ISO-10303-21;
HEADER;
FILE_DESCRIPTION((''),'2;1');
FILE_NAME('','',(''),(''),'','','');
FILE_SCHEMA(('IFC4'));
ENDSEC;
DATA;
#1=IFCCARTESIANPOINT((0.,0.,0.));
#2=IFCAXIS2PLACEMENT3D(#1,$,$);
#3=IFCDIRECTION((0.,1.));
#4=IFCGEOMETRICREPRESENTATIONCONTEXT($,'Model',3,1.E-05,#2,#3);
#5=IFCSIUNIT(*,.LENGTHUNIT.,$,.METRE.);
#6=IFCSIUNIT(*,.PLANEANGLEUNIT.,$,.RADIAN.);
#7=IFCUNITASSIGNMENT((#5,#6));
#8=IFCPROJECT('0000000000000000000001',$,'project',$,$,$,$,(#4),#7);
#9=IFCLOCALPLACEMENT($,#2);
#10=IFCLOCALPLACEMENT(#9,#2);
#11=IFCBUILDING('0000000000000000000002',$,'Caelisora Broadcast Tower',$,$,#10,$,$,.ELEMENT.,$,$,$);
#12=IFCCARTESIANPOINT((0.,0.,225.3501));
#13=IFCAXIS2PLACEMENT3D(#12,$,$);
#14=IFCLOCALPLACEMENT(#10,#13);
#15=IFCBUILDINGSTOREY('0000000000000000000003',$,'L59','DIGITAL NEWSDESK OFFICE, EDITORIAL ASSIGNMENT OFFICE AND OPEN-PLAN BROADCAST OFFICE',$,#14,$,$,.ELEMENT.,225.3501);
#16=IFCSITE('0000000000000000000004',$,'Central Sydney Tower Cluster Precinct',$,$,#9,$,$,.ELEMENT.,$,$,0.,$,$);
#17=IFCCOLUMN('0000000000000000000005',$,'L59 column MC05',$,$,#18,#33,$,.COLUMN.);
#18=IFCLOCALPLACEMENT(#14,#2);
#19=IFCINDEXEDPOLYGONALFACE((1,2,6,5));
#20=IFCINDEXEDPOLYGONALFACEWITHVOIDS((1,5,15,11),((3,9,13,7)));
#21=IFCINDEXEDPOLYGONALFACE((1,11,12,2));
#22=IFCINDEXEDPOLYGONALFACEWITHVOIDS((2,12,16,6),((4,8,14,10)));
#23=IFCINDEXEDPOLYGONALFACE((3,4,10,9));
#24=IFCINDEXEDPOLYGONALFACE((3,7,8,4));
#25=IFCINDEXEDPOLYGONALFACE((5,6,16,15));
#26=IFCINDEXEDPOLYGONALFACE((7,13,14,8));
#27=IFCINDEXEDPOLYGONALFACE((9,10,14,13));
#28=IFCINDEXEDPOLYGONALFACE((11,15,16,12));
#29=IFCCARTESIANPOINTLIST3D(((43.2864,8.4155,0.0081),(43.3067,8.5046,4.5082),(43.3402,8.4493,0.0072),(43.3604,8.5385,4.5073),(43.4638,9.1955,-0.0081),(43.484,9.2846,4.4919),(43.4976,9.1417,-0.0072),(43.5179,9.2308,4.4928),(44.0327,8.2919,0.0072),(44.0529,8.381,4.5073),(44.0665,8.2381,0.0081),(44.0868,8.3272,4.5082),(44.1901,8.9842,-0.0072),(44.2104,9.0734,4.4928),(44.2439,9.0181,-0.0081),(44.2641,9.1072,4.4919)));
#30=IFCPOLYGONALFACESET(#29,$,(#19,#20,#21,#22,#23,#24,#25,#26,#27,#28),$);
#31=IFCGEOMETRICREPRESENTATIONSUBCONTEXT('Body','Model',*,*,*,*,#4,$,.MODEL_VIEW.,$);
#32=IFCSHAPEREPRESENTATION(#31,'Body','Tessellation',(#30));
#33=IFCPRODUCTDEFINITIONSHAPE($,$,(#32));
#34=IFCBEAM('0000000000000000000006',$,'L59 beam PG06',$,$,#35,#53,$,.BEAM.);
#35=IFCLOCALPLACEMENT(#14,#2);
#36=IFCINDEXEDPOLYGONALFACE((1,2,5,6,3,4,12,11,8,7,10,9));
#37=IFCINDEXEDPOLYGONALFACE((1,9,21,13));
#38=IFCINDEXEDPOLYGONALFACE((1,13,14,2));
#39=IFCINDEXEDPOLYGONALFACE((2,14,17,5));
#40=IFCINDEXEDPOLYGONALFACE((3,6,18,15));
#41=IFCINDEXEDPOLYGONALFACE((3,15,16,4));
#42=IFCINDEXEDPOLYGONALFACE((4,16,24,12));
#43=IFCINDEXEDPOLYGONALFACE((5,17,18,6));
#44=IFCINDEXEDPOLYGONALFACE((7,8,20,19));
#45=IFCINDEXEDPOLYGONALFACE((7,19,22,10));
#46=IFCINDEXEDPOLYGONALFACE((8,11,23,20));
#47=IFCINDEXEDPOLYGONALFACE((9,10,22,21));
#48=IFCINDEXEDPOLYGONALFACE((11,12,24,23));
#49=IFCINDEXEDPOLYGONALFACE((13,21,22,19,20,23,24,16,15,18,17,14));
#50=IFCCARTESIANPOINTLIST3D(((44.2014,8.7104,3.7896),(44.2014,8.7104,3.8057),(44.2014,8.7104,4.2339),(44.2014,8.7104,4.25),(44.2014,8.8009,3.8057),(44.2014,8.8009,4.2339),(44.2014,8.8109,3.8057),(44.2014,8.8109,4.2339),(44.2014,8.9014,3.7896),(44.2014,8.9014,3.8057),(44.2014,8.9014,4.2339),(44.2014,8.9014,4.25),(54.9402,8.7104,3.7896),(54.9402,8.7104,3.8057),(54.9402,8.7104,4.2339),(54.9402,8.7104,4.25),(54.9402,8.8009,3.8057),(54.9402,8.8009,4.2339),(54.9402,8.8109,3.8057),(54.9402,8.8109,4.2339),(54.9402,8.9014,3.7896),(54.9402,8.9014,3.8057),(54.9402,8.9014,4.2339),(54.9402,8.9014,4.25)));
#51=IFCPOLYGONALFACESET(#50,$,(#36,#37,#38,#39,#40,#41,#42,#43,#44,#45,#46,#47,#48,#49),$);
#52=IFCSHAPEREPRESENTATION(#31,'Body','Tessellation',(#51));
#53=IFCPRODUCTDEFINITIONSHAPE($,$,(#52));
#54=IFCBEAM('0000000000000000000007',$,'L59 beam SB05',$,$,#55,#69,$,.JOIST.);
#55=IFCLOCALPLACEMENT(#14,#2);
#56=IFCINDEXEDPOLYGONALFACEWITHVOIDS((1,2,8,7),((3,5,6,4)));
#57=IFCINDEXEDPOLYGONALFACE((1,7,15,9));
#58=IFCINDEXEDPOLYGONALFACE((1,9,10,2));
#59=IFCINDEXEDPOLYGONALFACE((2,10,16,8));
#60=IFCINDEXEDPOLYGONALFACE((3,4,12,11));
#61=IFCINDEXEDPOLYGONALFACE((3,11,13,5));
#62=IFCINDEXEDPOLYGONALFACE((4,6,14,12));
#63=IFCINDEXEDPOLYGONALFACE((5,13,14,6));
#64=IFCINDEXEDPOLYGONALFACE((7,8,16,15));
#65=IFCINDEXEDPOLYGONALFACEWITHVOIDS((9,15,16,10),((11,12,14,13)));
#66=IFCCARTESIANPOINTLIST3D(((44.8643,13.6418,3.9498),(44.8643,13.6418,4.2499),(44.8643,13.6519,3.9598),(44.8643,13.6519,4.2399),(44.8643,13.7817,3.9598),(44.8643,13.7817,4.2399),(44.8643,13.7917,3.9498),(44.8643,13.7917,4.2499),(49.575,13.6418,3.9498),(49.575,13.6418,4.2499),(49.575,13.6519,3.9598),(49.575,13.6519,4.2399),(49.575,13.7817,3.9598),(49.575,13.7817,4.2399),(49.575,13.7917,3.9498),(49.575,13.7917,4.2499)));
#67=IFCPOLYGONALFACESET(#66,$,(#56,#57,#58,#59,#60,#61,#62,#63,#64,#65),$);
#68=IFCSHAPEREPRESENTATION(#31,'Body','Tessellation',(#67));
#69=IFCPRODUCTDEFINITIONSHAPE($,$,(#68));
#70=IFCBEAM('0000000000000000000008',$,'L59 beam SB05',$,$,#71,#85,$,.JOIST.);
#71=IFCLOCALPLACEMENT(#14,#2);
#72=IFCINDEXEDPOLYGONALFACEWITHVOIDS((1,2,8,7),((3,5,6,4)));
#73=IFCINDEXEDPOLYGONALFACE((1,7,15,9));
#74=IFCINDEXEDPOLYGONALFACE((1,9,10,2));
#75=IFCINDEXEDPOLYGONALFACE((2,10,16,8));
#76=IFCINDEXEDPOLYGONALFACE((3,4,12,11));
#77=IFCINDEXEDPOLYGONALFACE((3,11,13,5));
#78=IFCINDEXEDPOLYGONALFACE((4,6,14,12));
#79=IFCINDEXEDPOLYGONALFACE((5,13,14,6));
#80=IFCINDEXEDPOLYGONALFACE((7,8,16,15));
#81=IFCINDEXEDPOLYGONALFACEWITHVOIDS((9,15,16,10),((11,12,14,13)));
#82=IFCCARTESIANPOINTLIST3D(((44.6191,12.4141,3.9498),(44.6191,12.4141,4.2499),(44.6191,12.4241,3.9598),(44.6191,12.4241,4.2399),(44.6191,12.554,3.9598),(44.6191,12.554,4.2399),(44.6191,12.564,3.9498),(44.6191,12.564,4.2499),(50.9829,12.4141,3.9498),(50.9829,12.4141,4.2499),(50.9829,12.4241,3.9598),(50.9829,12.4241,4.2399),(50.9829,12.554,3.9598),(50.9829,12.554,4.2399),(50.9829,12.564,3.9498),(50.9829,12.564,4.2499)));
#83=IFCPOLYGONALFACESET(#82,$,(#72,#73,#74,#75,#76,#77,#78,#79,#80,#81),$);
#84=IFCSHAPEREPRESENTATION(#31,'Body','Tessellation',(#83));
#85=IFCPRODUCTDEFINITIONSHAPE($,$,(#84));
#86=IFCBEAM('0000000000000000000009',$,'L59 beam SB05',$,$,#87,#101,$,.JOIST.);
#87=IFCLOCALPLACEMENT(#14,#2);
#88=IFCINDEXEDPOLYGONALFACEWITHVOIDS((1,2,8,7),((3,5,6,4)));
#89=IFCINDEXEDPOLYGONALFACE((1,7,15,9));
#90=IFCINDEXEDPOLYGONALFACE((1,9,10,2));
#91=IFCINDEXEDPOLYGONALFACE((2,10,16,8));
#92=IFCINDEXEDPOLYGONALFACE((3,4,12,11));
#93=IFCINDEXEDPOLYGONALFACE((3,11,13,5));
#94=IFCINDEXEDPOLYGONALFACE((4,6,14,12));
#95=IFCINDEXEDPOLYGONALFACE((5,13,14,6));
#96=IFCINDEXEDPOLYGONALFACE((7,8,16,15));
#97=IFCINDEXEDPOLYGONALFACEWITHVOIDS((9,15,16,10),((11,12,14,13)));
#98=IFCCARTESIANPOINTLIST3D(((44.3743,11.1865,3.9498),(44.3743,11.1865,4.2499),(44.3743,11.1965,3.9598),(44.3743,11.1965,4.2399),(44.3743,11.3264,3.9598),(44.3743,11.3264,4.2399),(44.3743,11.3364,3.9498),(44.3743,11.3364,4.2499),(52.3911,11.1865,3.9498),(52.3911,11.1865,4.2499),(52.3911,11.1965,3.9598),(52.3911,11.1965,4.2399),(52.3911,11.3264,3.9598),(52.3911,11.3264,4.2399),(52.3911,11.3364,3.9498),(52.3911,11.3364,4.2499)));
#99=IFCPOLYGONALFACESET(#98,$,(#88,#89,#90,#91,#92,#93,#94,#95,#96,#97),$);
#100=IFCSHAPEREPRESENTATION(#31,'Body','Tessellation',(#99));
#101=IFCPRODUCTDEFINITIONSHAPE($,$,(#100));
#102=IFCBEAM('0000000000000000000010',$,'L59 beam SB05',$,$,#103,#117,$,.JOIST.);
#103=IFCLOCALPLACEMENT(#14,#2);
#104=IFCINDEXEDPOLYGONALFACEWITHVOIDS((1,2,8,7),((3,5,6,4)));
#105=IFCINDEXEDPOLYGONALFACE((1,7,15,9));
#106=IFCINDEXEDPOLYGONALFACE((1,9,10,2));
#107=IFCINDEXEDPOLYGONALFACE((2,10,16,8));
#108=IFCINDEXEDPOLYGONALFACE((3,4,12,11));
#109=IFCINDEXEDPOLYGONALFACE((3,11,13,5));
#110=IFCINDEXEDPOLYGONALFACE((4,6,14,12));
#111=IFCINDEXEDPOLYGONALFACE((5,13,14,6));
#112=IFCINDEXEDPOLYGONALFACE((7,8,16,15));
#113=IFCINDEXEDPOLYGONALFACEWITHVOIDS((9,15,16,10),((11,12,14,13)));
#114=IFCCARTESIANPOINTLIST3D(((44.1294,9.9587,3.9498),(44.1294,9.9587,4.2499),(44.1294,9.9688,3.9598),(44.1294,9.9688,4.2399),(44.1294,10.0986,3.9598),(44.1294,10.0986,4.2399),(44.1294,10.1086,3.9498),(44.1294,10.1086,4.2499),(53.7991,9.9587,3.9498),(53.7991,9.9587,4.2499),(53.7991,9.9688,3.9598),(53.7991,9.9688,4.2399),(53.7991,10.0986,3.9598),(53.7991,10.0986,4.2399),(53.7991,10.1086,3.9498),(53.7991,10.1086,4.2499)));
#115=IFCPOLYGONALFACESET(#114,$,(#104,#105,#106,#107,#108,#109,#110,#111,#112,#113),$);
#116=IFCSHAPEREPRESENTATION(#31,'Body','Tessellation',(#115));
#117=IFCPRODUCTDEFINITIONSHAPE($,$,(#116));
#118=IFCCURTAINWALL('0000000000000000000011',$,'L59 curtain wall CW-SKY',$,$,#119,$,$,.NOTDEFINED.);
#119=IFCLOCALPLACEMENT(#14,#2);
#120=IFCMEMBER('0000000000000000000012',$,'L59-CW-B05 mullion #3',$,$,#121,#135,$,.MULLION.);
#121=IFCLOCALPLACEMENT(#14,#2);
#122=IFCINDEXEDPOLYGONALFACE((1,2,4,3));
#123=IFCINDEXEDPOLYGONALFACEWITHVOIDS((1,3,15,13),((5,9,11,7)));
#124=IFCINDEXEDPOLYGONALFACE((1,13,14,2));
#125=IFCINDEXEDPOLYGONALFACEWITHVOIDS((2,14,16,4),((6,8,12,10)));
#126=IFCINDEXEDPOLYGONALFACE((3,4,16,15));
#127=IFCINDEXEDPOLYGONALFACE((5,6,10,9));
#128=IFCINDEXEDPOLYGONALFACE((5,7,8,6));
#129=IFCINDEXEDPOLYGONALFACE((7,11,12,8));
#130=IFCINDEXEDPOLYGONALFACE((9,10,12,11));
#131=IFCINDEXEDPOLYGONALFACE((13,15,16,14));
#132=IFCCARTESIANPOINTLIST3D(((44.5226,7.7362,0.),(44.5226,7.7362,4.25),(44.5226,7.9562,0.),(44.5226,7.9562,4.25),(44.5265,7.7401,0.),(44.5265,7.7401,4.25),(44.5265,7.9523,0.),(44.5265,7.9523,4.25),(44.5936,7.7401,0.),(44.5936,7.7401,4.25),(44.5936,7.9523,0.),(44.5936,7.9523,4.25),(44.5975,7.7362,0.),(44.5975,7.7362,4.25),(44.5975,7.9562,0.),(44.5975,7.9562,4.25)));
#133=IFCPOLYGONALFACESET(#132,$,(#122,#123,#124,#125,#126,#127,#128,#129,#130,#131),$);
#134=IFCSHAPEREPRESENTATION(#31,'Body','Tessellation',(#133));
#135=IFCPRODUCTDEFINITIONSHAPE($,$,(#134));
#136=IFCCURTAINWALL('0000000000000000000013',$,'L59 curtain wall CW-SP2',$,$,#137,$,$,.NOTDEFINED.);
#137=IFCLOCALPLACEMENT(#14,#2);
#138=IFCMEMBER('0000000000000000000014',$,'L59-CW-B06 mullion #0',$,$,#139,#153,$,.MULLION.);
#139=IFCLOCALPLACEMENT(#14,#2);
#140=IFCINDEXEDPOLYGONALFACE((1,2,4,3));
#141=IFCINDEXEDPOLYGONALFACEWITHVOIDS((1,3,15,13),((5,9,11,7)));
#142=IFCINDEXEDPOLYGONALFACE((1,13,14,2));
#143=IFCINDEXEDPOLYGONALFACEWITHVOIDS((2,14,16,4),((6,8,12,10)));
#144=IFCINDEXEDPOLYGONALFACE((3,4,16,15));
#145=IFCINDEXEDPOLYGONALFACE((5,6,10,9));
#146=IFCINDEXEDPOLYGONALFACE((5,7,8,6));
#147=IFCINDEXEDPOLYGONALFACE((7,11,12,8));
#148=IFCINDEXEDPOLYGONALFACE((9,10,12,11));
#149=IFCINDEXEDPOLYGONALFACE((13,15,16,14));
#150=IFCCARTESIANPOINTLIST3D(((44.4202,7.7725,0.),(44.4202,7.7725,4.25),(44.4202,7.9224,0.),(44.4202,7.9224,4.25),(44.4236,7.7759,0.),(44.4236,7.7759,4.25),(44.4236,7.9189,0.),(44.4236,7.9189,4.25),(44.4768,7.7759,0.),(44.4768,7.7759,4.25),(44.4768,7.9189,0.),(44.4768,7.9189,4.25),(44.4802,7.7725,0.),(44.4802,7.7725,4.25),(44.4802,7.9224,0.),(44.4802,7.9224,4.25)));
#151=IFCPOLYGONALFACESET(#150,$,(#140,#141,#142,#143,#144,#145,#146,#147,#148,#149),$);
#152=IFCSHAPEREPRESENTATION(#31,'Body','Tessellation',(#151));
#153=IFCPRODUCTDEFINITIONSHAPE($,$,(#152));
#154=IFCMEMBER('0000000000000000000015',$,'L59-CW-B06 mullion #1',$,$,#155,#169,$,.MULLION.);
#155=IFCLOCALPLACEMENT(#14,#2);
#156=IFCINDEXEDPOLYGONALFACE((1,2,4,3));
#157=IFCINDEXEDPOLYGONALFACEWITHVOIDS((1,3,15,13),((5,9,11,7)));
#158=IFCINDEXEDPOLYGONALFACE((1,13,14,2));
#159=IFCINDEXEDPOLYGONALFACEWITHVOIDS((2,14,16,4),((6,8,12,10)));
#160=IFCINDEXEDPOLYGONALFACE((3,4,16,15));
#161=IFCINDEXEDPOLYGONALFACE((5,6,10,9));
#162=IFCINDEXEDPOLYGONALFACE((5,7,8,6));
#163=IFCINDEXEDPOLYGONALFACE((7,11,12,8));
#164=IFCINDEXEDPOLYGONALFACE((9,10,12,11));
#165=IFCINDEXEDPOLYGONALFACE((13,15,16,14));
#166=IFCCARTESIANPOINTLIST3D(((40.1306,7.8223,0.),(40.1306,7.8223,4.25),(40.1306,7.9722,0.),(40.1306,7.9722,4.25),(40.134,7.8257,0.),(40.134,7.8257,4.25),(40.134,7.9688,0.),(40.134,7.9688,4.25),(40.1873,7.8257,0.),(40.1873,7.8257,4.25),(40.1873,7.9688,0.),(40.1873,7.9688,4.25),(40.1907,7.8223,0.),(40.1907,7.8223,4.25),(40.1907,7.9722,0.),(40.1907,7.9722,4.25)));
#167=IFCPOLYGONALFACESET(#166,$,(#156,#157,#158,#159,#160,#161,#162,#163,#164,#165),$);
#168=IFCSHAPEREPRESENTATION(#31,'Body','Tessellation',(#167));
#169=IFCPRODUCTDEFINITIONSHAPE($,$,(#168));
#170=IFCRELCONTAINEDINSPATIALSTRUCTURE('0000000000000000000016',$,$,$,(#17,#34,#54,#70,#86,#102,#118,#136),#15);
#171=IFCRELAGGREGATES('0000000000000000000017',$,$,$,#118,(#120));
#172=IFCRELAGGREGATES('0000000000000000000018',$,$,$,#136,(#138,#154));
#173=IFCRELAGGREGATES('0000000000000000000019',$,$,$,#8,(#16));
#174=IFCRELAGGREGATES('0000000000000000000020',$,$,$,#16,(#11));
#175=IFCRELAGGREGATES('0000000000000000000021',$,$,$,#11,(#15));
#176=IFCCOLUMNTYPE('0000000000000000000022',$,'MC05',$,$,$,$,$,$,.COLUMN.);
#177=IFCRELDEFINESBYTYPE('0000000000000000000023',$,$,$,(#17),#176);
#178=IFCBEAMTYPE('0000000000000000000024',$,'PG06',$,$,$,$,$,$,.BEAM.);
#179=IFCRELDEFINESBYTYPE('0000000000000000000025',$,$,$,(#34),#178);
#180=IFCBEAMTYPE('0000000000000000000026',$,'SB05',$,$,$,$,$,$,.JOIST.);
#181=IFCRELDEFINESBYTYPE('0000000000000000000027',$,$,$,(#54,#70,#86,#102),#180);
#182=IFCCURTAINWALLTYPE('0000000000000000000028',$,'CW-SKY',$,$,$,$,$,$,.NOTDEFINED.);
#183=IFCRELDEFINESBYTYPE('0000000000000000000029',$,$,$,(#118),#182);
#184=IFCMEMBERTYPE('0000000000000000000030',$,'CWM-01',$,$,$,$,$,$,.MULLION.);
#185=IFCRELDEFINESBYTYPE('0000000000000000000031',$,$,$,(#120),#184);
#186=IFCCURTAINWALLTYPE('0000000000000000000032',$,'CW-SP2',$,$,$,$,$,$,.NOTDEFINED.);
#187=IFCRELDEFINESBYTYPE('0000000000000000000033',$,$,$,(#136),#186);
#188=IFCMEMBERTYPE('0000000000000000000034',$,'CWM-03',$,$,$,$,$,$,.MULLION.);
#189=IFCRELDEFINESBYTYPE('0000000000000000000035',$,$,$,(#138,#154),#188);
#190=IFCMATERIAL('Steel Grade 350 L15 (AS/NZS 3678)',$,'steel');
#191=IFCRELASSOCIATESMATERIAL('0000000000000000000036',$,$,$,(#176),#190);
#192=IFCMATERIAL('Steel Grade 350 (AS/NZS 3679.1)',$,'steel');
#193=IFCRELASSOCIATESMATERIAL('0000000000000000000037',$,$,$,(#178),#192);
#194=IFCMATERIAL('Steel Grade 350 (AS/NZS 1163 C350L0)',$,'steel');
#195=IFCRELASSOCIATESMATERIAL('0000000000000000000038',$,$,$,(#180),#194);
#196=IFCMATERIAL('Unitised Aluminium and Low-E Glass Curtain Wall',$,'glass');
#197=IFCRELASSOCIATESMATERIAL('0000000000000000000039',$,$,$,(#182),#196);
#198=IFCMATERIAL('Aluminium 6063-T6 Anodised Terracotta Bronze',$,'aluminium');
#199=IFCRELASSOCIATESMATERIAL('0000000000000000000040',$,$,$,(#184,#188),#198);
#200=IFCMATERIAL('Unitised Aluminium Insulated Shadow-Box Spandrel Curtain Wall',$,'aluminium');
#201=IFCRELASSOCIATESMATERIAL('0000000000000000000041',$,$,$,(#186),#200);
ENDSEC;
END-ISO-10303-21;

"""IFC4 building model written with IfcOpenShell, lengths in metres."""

from ifc_helpers import new_model, si_unit, direction, frame, origin, origin_2d, place, context, subcontext, project, spatial, hollow_rectangle, i_section, extrude, source, transform, mapped, material, material_profile, profile_set, type_object, type_shapes, element, aggregate, save


model = new_model("IFC4")

# Units and contexts
model_context = context("Model", 3, precision=1e-05, world=origin(), true_north=direction((0.0, 1.0)))
body_context = subcontext(model_context, "Body", "Model", "MODEL_VIEW")
ifc_project = project(units=[si_unit("LENGTHUNIT", "METRE"), si_unit("PLANEANGLEUNIT", "RADIAN")], contexts=[model_context])

# Site, building, storey
site_placement = place(None, origin())
site = spatial("IfcSite", under=ifc_project, at=site_placement, Name="Central Sydney Tower Cluster Precinct", CompositionType="ELEMENT", RefElevation=0.0)
building_placement = place(site_placement, origin())
building = spatial("IfcBuilding", under=site, at=building_placement, Name="Caelisora Broadcast Tower", CompositionType="ELEMENT")
storey_placement = place(building_placement, frame((0.0, 0.0, 225.3501)))
storey = spatial("IfcBuildingStorey", under=building, at=storey_placement, Name="L59", Description="DIGITAL NEWSDESK OFFICE, EDITORIAL ASSIGNMENT OFFICE AND OPEN-PLAN BROADCAST OFFICE", CompositionType="ELEMENT", Elevation=225.3501)

# Column
ifc_material_1 = material(Name="Steel Grade 350 L15 (AS/NZS 3678)", Category="steel")
ifc_material_profile_1 = material_profile(ifc_material_1, hollow_rectangle(XDim=0.8, YDim=0.8, WallThickness=0.0449, at=origin_2d()), Name="Steel Grade 350 L15 (AS/NZS 3678)")
ifc_profile_set_1 = profile_set([ifc_material_profile_1], Name="Steel Grade 350 L15 (AS/NZS 3678)")
column_type = type_object("IfcColumnType", Name="MC05", PredefinedType="COLUMN", material=ifc_profile_set_1)
shared_shape_1 = source(origin(), body_context, "Body", "SweptSolid", [
    extrude(hollow_rectangle(XDim=0.8, YDim=0.8, WallThickness=0.0449, at=origin_2d()), origin(), (0.0, 0.0, 1.0), 4.501),
])
type_shapes(column_type, [shared_shape_1])
column_placement = place(storey_placement, frame((43.7651, 8.7168, 0.0), z_axis=(0.004502, 0.019798, 0.999794), x_axis=(-0.975107, 0.221737, 0.0)))
element("IfcColumn", 1, at=column_placement, inside=storey, type_object=column_type, Name="L59 column MC05", PredefinedType="COLUMN", context=body_context, shape_type="MappedRepresentation", body=[
    mapped(shared_shape_1, transform((0.0, 0.0, 0.0), scale=1.0)),
])

# Beams
ifc_material_2 = material(Name="Steel Grade 350 (AS/NZS 3679.1)", Category="steel")
ifc_material_profile_2 = material_profile(ifc_material_2, i_section(OverallWidth=0.1909, OverallDepth=0.4604, WebThickness=0.01, FlangeThickness=0.0161, at=origin_2d()), Name="Steel Grade 350 (AS/NZS 3679.1)")
ifc_profile_set_2 = profile_set([ifc_material_profile_2], Name="Steel Grade 350 (AS/NZS 3679.1)")
beam_type_1 = type_object("IfcBeamType", Name="PG06", PredefinedType="BEAM", material=ifc_profile_set_2)
shared_shape_2 = source(origin(), body_context, "Body", "SweptSolid", [
    extrude(i_section(OverallWidth=0.1909, OverallDepth=0.4604, WebThickness=0.01, FlangeThickness=0.0161, at=origin_2d()), origin(), (0.0, 0.0, 1.0), 10.7388),
])
type_shapes(beam_type_1, [shared_shape_2])
beam_1_placement = place(storey_placement, frame((44.2014, 8.8059, 4.0198), z_axis=(1.0, 0.0, 0.0), x_axis=(0.0, 1.0, 0.0)))
element("IfcBeam", 2, at=beam_1_placement, inside=storey, type_object=beam_type_1, Name="L59 beam PG06", PredefinedType="BEAM", context=body_context, shape_type="MappedRepresentation", body=[
    mapped(shared_shape_2, transform((0.0, 0.0, 0.0), scale=1.0)),
])
ifc_material_3 = material(Name="Steel Grade 350 (AS/NZS 1163 C350L0)", Category="steel")
ifc_material_profile_3 = material_profile(ifc_material_3, hollow_rectangle(XDim=0.1499, YDim=0.3, WallThickness=0.01, at=origin_2d()), Name="Steel Grade 350 (AS/NZS 1163 C350L0)")
ifc_profile_set_3 = profile_set([ifc_material_profile_3], Name="Steel Grade 350 (AS/NZS 1163 C350L0)")
beam_type_2 = type_object("IfcBeamType", Name="SB05", PredefinedType="JOIST", material=ifc_profile_set_3)
shared_shape_3 = source(origin(), body_context, "Body", "SweptSolid", [
    extrude(hollow_rectangle(XDim=0.1499, YDim=0.3, WallThickness=0.01, at=origin_2d()), origin(), (0.0, 0.0, 1.0), 4.7107),
])
beam_2_placement = place(storey_placement, frame((44.8643, 13.7168, 4.0999), z_axis=(1.0, 0.0, 0.0), x_axis=(0.0, 1.0, 0.0)))
element("IfcBeam", 3, at=beam_2_placement, inside=storey, type_object=beam_type_2, Name="L59 beam SB05", PredefinedType="JOIST", context=body_context, shape_type="MappedRepresentation", body=[
    mapped(shared_shape_3, transform((0.0, 0.0, 0.0), scale=1.0)),
])
shared_shape_4 = source(origin(), body_context, "Body", "SweptSolid", [
    extrude(hollow_rectangle(XDim=0.1499, YDim=0.3, WallThickness=0.01, at=origin_2d()), origin(), (0.0, 0.0, 1.0), 6.3638),
])
beam_3_placement = place(storey_placement, frame((44.6191, 12.489, 4.0999), z_axis=(1.0, 0.0, 0.0), x_axis=(0.0, 1.0, 0.0)))
element("IfcBeam", 4, at=beam_3_placement, inside=storey, type_object=beam_type_2, Name="L59 beam SB05", PredefinedType="JOIST", context=body_context, shape_type="MappedRepresentation", body=[
    mapped(shared_shape_4, transform((0.0, 0.0, 0.0), scale=1.0)),
])
shared_shape_5 = source(origin(), body_context, "Body", "SweptSolid", [
    extrude(hollow_rectangle(XDim=0.1499, YDim=0.3, WallThickness=0.01, at=origin_2d()), origin(), (0.0, 0.0, 1.0), 8.0168),
])
beam_4_placement = place(storey_placement, frame((44.3743, 11.2615, 4.0999), z_axis=(1.0, 0.0, 0.0), x_axis=(0.0, 1.0, 0.0)))
element("IfcBeam", 5, at=beam_4_placement, inside=storey, type_object=beam_type_2, Name="L59 beam SB05", PredefinedType="JOIST", context=body_context, shape_type="MappedRepresentation", body=[
    mapped(shared_shape_5, transform((0.0, 0.0, 0.0), scale=1.0)),
])
shared_shape_6 = source(origin(), body_context, "Body", "SweptSolid", [
    extrude(hollow_rectangle(XDim=0.1499, YDim=0.3, WallThickness=0.01, at=origin_2d()), origin(), (0.0, 0.0, 1.0), 9.6697),
])
type_shapes(beam_type_2, [shared_shape_3, shared_shape_4, shared_shape_5, shared_shape_6])
beam_5_placement = place(storey_placement, frame((44.1294, 10.0337, 4.0999), z_axis=(1.0, 0.0, 0.0), x_axis=(0.0, 1.0, 0.0)))
element("IfcBeam", 6, at=beam_5_placement, inside=storey, type_object=beam_type_2, Name="L59 beam SB05", PredefinedType="JOIST", context=body_context, shape_type="MappedRepresentation", body=[
    mapped(shared_shape_6, transform((0.0, 0.0, 0.0), scale=1.0)),
])

# Curtain wall, member
ifc_material_4 = material(Name="Unitised Aluminium and Low-E Glass Curtain Wall", Category="glass")
curtain_wall_type_1 = type_object("IfcCurtainWallType", Name="CW-SKY", PredefinedType="NOTDEFINED", material=ifc_material_4)
curtain_wall_1_placement = place(storey_placement, origin())
curtain_wall_1 = element("IfcCurtainWall", 7, at=curtain_wall_1_placement, inside=storey, type_object=curtain_wall_type_1, Name="L59 curtain wall CW-SKY", PredefinedType="NOTDEFINED")
ifc_material_5 = material(Name="Aluminium 6063-T6 Anodised Terracotta Bronze", Category="aluminium")
ifc_material_profile_4 = material_profile(ifc_material_5, hollow_rectangle(XDim=0.075, YDim=0.22, WallThickness=0.0039, at=origin_2d()), Name="Aluminium 6063-T6 Anodised Terracotta Bronze")
ifc_profile_set_4 = profile_set([ifc_material_profile_4], Name="Aluminium 6063-T6 Anodised Terracotta Bronze")
member_type_1 = type_object("IfcMemberType", Name="CWM-01", PredefinedType="MULLION", material=ifc_profile_set_4)
shared_shape_7 = source(origin(), body_context, "Body", "SweptSolid", [
    extrude(hollow_rectangle(XDim=0.075, YDim=0.22, WallThickness=0.0039, at=origin_2d()), origin(), (0.0, 0.0, 1.0), 4.25),
])
type_shapes(member_type_1, [shared_shape_7])
member_1_placement = place(storey_placement, frame((44.5601, 7.8462, 0.0), z_axis=(0.0, 0.0, 1.0), x_axis=(1.0, 0.0, 0.0)))
member_1 = element("IfcMember", 8, at=member_1_placement, type_object=member_type_1, Name="L59-CW-B05 mullion #3", PredefinedType="MULLION", context=body_context, shape_type="MappedRepresentation", body=[
    mapped(shared_shape_7, transform((0.0, 0.0, 0.0), scale=1.0)),
])
aggregate(curtain_wall_1, [member_1])

# Curtain wall, members
ifc_material_6 = material(Name="Unitised Aluminium Insulated Shadow-Box Spandrel Curtain Wall", Category="aluminium")
curtain_wall_type_2 = type_object("IfcCurtainWallType", Name="CW-SP2", PredefinedType="NOTDEFINED", material=ifc_material_6)
curtain_wall_2_placement = place(storey_placement, origin())
curtain_wall_2 = element("IfcCurtainWall", 9, at=curtain_wall_2_placement, inside=storey, type_object=curtain_wall_type_2, Name="L59 curtain wall CW-SP2", PredefinedType="NOTDEFINED")
ifc_material_profile_5 = material_profile(ifc_material_5, hollow_rectangle(XDim=0.0601, YDim=0.1499, WallThickness=0.0034, at=origin_2d()), Name="Aluminium 6063-T6 Anodised Terracotta Bronze")
ifc_profile_set_5 = profile_set([ifc_material_profile_5], Name="Aluminium 6063-T6 Anodised Terracotta Bronze")
member_type_2 = type_object("IfcMemberType", Name="CWM-03", PredefinedType="MULLION", material=ifc_profile_set_5)
shared_shape_8 = source(origin(), body_context, "Body", "SweptSolid", [
    extrude(hollow_rectangle(XDim=0.0601, YDim=0.1499, WallThickness=0.0034, at=origin_2d()), origin(), (0.0, 0.0, 1.0), 4.25),
])
type_shapes(member_type_2, [shared_shape_8])
member_2_placement = place(storey_placement, frame((44.4502, 7.8474, 0.0), z_axis=(0.0, 0.0, 1.0), x_axis=(1.0, 0.0, 0.0)))
member_2 = element("IfcMember", 10, at=member_2_placement, type_object=member_type_2, Name="L59-CW-B06 mullion #0", PredefinedType="MULLION", context=body_context, shape_type="MappedRepresentation", body=[
    mapped(shared_shape_8, transform((0.0, 0.0, 0.0), scale=1.0)),
])
member_3_placement = place(storey_placement, frame((40.1606, 7.8972, 0.0), z_axis=(0.0, 0.0, 1.0), x_axis=(1.0, 0.0, 0.0)))
member_3 = element("IfcMember", 11, at=member_3_placement, type_object=member_type_2, Name="L59-CW-B06 mullion #1", PredefinedType="MULLION", context=body_context, shape_type="MappedRepresentation", body=[
    mapped(shared_shape_8, transform((0.0, 0.0, 0.0), scale=1.0)),
])

aggregate(curtain_wall_2, [member_2, member_3])

save(model, "model.ifc")
